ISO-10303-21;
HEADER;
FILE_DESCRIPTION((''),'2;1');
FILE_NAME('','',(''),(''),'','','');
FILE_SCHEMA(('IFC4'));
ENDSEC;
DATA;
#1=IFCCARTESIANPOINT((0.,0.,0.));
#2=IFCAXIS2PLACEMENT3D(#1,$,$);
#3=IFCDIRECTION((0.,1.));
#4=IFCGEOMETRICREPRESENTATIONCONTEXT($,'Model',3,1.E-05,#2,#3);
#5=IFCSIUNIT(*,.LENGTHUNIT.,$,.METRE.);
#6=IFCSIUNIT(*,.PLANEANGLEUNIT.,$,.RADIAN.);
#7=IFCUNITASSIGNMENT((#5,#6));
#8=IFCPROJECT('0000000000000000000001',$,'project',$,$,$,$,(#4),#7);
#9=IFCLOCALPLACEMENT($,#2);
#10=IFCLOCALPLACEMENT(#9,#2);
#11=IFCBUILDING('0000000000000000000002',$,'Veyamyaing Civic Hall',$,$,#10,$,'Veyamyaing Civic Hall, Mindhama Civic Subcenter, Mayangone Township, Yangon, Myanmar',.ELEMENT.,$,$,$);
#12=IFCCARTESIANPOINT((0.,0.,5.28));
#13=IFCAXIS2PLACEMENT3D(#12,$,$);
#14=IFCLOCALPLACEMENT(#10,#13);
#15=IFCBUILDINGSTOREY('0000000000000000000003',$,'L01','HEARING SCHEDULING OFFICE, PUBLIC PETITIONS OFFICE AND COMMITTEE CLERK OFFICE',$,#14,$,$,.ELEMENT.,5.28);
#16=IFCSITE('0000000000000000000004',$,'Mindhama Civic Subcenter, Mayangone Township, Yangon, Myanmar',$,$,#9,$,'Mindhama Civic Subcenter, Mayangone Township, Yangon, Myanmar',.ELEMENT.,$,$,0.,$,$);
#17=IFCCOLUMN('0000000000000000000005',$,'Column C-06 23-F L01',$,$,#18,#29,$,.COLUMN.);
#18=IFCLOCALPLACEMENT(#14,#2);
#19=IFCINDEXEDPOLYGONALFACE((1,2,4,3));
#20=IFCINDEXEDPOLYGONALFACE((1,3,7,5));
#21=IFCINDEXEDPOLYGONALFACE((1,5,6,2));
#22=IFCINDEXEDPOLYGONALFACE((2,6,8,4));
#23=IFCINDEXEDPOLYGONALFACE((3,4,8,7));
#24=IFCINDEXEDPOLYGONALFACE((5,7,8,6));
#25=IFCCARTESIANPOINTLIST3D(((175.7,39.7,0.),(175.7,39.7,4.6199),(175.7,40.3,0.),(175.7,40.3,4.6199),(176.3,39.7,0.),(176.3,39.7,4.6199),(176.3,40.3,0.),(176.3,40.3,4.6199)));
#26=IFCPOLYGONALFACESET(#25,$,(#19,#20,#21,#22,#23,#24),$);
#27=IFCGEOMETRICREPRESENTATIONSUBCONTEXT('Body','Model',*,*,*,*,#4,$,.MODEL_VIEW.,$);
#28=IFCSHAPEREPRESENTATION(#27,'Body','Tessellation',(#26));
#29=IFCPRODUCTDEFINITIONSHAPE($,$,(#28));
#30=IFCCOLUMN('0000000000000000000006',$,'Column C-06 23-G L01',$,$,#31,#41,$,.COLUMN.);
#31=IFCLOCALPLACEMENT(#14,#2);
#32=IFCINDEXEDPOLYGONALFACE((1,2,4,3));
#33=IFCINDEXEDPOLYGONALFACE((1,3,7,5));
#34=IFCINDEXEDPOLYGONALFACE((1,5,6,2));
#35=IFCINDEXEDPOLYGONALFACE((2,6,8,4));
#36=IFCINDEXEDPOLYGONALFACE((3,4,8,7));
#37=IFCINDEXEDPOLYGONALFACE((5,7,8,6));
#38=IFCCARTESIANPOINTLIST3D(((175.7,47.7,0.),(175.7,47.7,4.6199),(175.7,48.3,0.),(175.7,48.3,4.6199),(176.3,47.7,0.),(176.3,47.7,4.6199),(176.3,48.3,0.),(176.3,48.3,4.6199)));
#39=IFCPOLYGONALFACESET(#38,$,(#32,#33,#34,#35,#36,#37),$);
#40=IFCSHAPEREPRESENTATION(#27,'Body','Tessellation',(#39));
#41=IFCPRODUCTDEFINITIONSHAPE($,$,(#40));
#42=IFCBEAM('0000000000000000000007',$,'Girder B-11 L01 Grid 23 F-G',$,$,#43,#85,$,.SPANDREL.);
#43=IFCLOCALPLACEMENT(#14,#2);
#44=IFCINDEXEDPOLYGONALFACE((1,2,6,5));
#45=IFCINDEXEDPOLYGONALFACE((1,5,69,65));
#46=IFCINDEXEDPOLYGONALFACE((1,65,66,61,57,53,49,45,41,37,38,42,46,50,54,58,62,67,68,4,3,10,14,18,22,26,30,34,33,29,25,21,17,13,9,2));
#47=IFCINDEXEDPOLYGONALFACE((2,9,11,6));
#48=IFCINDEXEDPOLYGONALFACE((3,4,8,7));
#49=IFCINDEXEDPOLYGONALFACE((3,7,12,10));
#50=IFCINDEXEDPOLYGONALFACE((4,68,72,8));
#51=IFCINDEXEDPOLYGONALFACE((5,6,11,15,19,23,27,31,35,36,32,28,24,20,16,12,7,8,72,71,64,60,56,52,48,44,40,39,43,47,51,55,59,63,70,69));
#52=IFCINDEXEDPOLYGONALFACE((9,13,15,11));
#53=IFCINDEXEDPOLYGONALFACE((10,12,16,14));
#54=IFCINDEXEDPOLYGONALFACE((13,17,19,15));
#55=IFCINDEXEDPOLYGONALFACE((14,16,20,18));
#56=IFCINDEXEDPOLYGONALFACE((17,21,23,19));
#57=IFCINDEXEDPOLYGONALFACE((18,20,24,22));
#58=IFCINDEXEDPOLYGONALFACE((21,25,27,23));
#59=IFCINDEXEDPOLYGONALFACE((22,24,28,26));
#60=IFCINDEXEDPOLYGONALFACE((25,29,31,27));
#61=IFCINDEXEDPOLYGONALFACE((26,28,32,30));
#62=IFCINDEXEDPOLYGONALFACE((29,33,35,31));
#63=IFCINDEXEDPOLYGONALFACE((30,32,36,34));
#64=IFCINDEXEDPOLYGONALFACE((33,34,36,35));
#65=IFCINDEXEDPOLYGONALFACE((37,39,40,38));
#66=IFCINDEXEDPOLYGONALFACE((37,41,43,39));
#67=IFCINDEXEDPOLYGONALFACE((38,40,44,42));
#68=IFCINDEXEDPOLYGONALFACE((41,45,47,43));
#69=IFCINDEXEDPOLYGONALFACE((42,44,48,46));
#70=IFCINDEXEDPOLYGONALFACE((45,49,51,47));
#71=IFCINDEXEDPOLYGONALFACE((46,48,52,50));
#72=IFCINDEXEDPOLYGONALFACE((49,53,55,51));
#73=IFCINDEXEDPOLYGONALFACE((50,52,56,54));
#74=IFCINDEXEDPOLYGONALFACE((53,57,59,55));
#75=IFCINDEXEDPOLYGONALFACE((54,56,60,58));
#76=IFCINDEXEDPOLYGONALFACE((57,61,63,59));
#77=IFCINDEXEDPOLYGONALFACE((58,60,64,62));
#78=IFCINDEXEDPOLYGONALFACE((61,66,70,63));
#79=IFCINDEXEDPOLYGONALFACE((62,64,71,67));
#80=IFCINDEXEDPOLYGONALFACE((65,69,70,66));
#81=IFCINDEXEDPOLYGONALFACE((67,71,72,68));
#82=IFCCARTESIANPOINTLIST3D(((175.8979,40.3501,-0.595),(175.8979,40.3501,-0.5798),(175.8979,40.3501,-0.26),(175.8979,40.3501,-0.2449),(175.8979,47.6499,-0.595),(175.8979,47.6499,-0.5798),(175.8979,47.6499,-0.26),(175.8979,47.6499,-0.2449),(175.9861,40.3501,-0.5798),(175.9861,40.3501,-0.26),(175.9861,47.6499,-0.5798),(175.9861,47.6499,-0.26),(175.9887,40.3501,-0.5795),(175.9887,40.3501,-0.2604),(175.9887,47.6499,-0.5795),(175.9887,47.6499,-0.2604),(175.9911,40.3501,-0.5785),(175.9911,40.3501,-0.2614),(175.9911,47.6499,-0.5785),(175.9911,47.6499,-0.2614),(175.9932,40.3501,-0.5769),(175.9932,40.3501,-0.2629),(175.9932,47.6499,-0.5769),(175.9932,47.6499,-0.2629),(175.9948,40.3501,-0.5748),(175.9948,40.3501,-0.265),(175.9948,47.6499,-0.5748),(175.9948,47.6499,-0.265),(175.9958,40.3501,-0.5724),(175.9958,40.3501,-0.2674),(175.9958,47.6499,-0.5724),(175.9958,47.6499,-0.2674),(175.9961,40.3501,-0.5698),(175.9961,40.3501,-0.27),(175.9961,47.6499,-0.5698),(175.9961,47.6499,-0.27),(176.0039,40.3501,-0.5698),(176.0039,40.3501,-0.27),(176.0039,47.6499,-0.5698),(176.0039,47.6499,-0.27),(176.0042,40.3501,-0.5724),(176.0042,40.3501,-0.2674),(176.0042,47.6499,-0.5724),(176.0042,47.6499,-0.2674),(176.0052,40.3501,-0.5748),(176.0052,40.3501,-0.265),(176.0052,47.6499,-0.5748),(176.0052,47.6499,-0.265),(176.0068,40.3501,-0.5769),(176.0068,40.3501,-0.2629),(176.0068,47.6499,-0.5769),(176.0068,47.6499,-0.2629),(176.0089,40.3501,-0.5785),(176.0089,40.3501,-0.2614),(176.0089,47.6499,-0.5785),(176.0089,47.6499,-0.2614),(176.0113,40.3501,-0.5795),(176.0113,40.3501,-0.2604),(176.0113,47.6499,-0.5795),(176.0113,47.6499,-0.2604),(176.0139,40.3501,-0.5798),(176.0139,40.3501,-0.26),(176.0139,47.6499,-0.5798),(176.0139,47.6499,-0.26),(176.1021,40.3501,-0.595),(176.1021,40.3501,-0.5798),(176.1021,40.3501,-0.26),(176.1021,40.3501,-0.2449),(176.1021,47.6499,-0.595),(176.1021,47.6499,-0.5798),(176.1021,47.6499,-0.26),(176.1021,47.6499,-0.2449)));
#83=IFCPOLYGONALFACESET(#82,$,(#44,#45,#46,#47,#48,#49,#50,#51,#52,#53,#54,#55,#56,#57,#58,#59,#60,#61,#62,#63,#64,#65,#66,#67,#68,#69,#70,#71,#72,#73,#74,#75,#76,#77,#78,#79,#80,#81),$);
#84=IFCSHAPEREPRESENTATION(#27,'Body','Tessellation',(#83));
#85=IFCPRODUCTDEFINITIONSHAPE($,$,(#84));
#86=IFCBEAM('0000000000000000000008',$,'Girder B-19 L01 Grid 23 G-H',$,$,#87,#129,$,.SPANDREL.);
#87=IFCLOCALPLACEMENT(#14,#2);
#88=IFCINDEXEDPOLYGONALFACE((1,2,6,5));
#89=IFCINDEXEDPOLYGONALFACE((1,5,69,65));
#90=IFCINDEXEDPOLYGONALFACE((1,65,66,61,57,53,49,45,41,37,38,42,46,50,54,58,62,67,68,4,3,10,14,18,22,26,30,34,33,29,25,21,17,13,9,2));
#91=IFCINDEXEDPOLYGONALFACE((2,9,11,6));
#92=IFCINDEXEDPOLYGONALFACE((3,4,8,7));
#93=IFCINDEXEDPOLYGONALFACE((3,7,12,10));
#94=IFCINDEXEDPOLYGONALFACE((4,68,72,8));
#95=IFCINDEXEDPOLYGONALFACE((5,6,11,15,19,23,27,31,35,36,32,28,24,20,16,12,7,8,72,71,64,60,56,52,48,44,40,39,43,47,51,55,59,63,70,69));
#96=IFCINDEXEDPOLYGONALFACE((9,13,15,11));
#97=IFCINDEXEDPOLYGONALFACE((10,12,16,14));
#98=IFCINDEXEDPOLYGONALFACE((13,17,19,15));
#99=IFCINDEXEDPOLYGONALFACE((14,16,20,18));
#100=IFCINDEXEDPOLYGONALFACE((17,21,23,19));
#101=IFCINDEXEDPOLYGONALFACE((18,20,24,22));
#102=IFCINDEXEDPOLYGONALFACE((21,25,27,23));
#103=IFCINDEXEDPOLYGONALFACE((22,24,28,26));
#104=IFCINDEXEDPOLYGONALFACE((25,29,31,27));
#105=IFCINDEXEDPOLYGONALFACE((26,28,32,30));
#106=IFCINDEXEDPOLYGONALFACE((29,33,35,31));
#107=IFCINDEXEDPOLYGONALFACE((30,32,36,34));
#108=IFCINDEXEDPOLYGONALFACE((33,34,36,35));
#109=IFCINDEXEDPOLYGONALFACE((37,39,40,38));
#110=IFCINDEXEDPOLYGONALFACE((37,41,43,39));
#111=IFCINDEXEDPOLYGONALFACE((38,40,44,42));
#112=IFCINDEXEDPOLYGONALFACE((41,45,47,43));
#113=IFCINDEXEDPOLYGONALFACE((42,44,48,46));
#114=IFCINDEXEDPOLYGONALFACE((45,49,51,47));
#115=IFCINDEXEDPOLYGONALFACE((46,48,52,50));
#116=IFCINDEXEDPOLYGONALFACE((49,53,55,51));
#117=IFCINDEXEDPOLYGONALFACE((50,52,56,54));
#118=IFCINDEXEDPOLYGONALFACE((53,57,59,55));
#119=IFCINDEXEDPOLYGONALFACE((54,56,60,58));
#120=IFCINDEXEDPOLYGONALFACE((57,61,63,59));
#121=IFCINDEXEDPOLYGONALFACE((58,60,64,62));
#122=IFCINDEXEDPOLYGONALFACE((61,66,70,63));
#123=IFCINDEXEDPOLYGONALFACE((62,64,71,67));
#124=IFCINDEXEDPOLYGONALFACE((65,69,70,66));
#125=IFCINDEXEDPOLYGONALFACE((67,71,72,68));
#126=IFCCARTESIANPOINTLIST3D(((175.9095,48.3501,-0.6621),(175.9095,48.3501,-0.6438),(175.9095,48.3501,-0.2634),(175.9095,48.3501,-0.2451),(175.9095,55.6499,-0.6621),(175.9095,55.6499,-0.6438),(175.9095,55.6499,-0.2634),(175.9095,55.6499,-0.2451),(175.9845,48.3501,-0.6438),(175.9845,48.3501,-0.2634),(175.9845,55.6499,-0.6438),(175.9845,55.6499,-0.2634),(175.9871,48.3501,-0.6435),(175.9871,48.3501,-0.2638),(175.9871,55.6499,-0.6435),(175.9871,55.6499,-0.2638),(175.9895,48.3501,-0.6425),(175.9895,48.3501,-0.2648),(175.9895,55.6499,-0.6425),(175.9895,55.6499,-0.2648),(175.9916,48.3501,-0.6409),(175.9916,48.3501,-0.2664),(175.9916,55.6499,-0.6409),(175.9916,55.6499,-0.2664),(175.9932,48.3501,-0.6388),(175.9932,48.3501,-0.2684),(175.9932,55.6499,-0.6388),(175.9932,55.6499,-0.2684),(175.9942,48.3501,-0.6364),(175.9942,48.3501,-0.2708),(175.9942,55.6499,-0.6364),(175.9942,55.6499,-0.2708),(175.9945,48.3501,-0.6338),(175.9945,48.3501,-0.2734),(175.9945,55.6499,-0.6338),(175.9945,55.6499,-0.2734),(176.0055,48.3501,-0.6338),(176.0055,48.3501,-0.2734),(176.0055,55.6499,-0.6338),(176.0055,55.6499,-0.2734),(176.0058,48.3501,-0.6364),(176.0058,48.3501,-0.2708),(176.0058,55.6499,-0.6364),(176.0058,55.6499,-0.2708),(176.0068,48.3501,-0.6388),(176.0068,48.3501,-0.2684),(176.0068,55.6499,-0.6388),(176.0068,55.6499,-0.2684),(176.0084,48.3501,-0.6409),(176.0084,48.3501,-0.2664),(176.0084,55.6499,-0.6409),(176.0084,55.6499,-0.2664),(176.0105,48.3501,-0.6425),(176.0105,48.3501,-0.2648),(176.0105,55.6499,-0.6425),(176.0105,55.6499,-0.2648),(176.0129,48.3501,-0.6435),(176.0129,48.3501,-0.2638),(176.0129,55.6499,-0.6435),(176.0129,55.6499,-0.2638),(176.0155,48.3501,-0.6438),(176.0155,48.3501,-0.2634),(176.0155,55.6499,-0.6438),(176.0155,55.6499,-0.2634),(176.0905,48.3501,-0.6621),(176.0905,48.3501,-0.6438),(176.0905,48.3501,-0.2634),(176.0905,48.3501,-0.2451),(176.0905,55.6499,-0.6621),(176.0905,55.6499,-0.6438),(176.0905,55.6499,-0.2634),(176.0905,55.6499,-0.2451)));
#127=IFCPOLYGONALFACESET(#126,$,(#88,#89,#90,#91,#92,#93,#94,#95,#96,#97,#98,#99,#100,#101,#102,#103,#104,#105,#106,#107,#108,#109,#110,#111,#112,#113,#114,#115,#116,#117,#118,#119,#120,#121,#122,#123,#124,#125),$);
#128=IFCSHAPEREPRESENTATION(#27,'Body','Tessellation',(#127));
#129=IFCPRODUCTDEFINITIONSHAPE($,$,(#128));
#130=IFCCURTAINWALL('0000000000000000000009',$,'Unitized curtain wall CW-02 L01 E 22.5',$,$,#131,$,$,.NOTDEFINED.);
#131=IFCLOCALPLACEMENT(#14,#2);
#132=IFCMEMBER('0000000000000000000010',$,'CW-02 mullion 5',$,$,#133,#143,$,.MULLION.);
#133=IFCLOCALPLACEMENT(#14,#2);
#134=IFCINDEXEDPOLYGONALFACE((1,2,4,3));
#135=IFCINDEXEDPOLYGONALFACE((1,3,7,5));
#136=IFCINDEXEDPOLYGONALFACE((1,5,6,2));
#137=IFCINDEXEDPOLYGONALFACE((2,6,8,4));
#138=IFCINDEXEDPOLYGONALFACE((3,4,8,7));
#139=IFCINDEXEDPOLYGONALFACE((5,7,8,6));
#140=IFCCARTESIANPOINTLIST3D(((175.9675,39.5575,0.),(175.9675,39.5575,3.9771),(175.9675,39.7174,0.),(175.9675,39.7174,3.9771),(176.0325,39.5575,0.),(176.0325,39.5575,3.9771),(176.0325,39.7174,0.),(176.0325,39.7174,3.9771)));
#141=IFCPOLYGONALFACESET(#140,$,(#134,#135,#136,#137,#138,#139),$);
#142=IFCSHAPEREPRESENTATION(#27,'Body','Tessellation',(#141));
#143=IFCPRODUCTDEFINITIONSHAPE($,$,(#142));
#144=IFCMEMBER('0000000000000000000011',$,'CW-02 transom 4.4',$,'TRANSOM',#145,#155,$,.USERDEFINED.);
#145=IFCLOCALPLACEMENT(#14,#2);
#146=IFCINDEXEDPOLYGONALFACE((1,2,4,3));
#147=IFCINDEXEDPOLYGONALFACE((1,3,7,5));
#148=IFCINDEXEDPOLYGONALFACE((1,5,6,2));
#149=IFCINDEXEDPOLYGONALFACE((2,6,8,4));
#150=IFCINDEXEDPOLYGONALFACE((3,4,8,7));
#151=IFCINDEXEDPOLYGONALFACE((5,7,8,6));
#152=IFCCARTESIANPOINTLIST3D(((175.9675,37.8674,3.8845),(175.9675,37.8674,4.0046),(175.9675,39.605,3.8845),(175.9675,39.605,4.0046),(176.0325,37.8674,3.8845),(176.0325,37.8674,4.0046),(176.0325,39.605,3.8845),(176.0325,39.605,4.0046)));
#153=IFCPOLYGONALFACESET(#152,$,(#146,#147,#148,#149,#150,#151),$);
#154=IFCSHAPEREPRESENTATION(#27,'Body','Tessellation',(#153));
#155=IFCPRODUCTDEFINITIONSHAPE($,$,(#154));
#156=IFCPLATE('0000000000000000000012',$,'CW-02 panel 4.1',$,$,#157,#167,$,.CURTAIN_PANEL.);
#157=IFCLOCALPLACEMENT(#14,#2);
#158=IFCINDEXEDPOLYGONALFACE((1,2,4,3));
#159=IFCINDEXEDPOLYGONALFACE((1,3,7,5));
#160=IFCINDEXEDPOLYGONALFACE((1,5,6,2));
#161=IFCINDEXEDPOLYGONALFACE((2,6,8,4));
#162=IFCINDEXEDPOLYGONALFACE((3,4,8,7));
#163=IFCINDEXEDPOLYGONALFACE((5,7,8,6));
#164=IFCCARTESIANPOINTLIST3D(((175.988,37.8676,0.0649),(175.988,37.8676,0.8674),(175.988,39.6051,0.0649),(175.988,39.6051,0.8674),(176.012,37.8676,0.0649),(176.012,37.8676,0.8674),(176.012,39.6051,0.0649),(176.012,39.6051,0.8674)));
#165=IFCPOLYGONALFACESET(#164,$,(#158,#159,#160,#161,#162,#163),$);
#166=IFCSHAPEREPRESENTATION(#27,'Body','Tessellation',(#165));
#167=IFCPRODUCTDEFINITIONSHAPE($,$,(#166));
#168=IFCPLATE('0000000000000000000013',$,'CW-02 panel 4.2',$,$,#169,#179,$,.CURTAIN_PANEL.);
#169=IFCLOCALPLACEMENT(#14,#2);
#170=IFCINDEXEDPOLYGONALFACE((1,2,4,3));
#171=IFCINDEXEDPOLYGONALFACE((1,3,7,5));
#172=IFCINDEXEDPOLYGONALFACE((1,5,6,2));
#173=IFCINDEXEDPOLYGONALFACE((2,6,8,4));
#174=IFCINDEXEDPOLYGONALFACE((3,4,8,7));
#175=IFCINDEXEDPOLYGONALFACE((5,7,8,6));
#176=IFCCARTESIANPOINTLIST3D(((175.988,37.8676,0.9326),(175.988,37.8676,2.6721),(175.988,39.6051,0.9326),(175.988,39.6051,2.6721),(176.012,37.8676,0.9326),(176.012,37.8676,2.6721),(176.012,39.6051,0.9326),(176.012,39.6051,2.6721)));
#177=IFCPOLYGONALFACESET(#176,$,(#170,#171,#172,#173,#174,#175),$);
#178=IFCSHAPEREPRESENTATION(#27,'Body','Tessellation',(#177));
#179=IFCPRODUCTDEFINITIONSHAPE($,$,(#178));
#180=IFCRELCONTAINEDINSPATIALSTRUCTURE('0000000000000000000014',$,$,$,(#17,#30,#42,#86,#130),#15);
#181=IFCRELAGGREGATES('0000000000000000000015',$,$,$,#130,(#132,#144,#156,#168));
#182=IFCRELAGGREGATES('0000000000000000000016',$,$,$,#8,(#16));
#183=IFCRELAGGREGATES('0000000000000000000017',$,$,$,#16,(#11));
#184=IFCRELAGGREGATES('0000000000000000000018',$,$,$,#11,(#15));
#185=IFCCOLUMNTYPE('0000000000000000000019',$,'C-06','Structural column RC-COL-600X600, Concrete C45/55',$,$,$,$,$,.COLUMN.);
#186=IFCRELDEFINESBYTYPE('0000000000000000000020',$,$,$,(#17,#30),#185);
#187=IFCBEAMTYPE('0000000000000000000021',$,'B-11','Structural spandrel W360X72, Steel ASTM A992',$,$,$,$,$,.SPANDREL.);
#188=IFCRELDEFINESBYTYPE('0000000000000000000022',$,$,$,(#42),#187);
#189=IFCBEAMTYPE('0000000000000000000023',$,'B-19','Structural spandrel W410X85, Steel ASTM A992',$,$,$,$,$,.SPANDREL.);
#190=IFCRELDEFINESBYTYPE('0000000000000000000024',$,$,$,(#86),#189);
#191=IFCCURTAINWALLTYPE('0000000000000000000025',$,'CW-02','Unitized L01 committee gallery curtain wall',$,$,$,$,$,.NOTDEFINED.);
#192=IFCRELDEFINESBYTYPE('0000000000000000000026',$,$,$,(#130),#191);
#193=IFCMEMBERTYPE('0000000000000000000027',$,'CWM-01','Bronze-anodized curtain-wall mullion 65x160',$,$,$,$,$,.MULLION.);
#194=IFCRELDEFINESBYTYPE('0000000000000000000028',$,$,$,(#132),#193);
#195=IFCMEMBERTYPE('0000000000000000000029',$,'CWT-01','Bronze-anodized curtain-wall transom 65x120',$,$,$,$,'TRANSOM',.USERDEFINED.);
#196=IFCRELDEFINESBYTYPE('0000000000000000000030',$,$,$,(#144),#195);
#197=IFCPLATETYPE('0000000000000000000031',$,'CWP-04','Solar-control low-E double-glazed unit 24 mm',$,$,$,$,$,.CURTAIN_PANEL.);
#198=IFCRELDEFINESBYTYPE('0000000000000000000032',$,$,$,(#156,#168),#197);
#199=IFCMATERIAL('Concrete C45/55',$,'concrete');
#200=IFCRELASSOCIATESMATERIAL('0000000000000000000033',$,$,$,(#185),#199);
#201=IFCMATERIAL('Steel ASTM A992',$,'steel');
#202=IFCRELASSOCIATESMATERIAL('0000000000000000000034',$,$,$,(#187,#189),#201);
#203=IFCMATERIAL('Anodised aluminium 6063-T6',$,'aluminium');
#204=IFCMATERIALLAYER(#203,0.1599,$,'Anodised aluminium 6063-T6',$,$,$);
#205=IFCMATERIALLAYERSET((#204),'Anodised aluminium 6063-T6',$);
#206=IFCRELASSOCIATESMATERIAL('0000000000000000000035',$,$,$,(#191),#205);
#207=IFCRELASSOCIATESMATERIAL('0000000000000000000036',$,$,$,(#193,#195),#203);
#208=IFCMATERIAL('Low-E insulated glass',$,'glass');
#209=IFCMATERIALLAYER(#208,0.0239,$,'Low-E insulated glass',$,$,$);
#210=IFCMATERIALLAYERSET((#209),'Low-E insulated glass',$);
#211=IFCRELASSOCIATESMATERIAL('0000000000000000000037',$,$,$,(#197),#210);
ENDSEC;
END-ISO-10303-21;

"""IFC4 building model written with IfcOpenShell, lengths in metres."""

from ifc_helpers import new_model, si_unit, direction, frame, origin, origin_2d, place, context, subcontext, project, spatial, rectangle, i_section, extrude, material, layer, layer_set, material_profile, profile_set, type_object, element, aggregate, save


model = new_model("IFC4")

# Units and contexts
model_context = context("Model", 3, precision=1e-05, world=origin(), true_north=direction((0.0, 1.0)))
body_context = subcontext(model_context, "Body", "Model", "MODEL_VIEW")
ifc_project = project(units=[si_unit("LENGTHUNIT", "METRE"), si_unit("PLANEANGLEUNIT", "RADIAN")], contexts=[model_context])

# Site, building, storey
site_placement = place(None, origin())
site = spatial("IfcSite", under=ifc_project, at=site_placement, Name="Mindhama Civic Subcenter, Mayangone Township, Yangon, Myanmar", LongName="Mindhama Civic Subcenter, Mayangone Township, Yangon, Myanmar", CompositionType="ELEMENT", RefElevation=0.0)
building_placement = place(site_placement, origin())
building = spatial("IfcBuilding", under=site, at=building_placement, Name="Veyamyaing Civic Hall", LongName="Veyamyaing Civic Hall, Mindhama Civic Subcenter, Mayangone Township, Yangon, Myanmar", CompositionType="ELEMENT")
storey_placement = place(building_placement, frame((0.0, 0.0, 5.28)))
storey = spatial("IfcBuildingStorey", under=building, at=storey_placement, Name="L01", Description="HEARING SCHEDULING OFFICE, PUBLIC PETITIONS OFFICE AND COMMITTEE CLERK OFFICE", CompositionType="ELEMENT", Elevation=5.28)

# Columns
ifc_material_1 = material(Name="Concrete C45/55", Category="concrete")
ifc_material_profile_1 = material_profile(ifc_material_1, rectangle(XDim=0.6001, YDim=0.6001, at=origin_2d()), Name="RC-COL-600X600")
ifc_profile_set_1 = profile_set([ifc_material_profile_1], Name="Concrete C45/55")
column_type = type_object("IfcColumnType", Name="C-06", Description="Structural column RC-COL-600X600, Concrete C45/55", PredefinedType="COLUMN", material=ifc_profile_set_1)
for number, where, z_axis, x_axis, name in (
    (1, (176.0, 40.0, 0.0), (0.0, 0.0, 1.0), (1.0, 0.0, 0.0), "Column C-06 23-F L01"),
    (2, (176.0, 48.0, 0.0), (0.0, 0.0, 1.0), (1.0, 0.0, 0.0), "Column C-06 23-G L01"),
):
    element("IfcColumn", number, at=place(storey_placement, frame(where, z_axis=z_axis, x_axis=x_axis)), inside=storey, type_object=column_type, Name=name, PredefinedType="COLUMN", context=body_context, shape_type="SweptSolid", body=[
        extrude(rectangle(XDim=0.6001, YDim=0.6001, at=origin_2d()), origin(), (0.0, 0.0, 1.0), 4.6199),
    ])

# Beams
ifc_material_2 = material(Name="Steel ASTM A992", Category="steel")
ifc_material_profile_2 = material_profile(ifc_material_2, i_section(OverallWidth=0.2041, OverallDepth=0.3501, WebThickness=0.0078, FlangeThickness=0.0151, FilletRadius=0.01, at=origin_2d()), Name="W360X72")
ifc_profile_set_2 = profile_set([ifc_material_profile_2], Name="Steel ASTM A992")
beam_type_1 = type_object("IfcBeamType", Name="B-11", Description="Structural spandrel W360X72, Steel ASTM A992", PredefinedType="SPANDREL", material=ifc_profile_set_2)
beam_1_placement = place(storey_placement, frame((176.0, 40.3501, -0.4199), z_axis=(0.0, 1.0, 0.0), x_axis=(-1.0, 0.0, 0.0)))
element("IfcBeam", 3, at=beam_1_placement, inside=storey, type_object=beam_type_1, Name="Girder B-11 L01 Grid 23 F-G", PredefinedType="SPANDREL", context=body_context, shape_type="SweptSolid", body=[
    extrude(i_section(OverallWidth=0.2041, OverallDepth=0.3501, WebThickness=0.0078, FlangeThickness=0.0151, FilletRadius=0.01, at=origin_2d()), origin(), (0.0, 0.0, 1.0), 7.2998),
])
ifc_material_profile_3 = material_profile(ifc_material_2, i_section(OverallWidth=0.1809, OverallDepth=0.417, WebThickness=0.011, FlangeThickness=0.0183, FilletRadius=0.01, at=origin_2d()), Name="W410X85")
ifc_profile_set_3 = profile_set([ifc_material_profile_3], Name="Steel ASTM A992")
beam_type_2 = type_object("IfcBeamType", Name="B-19", Description="Structural spandrel W410X85, Steel ASTM A992", PredefinedType="SPANDREL", material=ifc_profile_set_3)
beam_2_placement = place(storey_placement, frame((176.0, 48.3501, -0.4536), z_axis=(0.0, 1.0, 0.0), x_axis=(-1.0, 0.0, 0.0)))
element("IfcBeam", 4, at=beam_2_placement, inside=storey, type_object=beam_type_2, Name="Girder B-19 L01 Grid 23 G-H", PredefinedType="SPANDREL", context=body_context, shape_type="SweptSolid", body=[
    extrude(i_section(OverallWidth=0.1809, OverallDepth=0.417, WebThickness=0.011, FlangeThickness=0.0183, FilletRadius=0.01, at=origin_2d()), origin(), (0.0, 0.0, 1.0), 7.2998),
])

# Curtain wall, members, plates
ifc_material_3 = material(Name="Anodised aluminium 6063-T6", Category="aluminium")
ifc_layer_1 = layer(ifc_material_3, 0.1599, Name="Anodised aluminium 6063-T6")
ifc_layer_set_1 = layer_set([ifc_layer_1], Name="Anodised aluminium 6063-T6")
curtain_wall_type = type_object("IfcCurtainWallType", Name="CW-02", Description="Unitized L01 committee gallery curtain wall", PredefinedType="NOTDEFINED", material=ifc_layer_set_1)
curtain_wall_placement = place(storey_placement, origin())
curtain_wall = element("IfcCurtainWall", 5, at=curtain_wall_placement, inside=storey, type_object=curtain_wall_type, Name="Unitized curtain wall CW-02 L01 E 22.5", PredefinedType="NOTDEFINED")
ifc_material_profile_4 = material_profile(ifc_material_3, rectangle(XDim=0.0649, YDim=0.1599, at=origin_2d()), Name="ALU-MUL-65X160")
ifc_profile_set_4 = profile_set([ifc_material_profile_4], Name="Anodised aluminium 6063-T6")
member_type_1 = type_object("IfcMemberType", Name="CWM-01", Description="Bronze-anodized curtain-wall mullion 65x160", PredefinedType="MULLION", material=ifc_profile_set_4)
member_1_placement = place(storey_placement, frame((176.0, 39.6375, 0.0), z_axis=(0.0, 0.0, 1.0), x_axis=(-1.0, 0.0, 0.0)))
member_1 = element("IfcMember", 6, at=member_1_placement, type_object=member_type_1, Name="CW-02 mullion 5", PredefinedType="MULLION", context=body_context, shape_type="SweptSolid", body=[
    extrude(rectangle(XDim=0.0649, YDim=0.1599, at=origin_2d()), origin(), (0.0, 0.0, 1.0), 3.9771),
])
ifc_material_profile_5 = material_profile(ifc_material_3, rectangle(XDim=0.0649, YDim=0.1201, at=origin_2d()), Name="ALU-TRN-65X120")
ifc_profile_set_5 = profile_set([ifc_material_profile_5], Name="Anodised aluminium 6063-T6")
member_type_2 = type_object("IfcMemberType", Name="CWT-01", Description="Bronze-anodized curtain-wall transom 65x120", ElementType="TRANSOM", PredefinedType="USERDEFINED", material=ifc_profile_set_5)
member_2_placement = place(storey_placement, frame((176.0, 37.8674, 3.9446), z_axis=(0.0, 1.0, 0.0), x_axis=(-1.0, 0.0, 0.0)))
member_2 = element("IfcMember", 7, at=member_2_placement, type_object=member_type_2, Name="CW-02 transom 4.4", ObjectType="TRANSOM", PredefinedType="USERDEFINED", context=body_context, shape_type="SweptSolid", body=[
    extrude(rectangle(XDim=0.0649, YDim=0.1201, at=origin_2d()), origin(), (0.0, 0.0, 1.0), 1.7375),
])
ifc_material_4 = material(Name="Low-E insulated glass", Category="glass")
ifc_layer_2 = layer(ifc_material_4, 0.0239, Name="Low-E insulated glass")
ifc_layer_set_2 = layer_set([ifc_layer_2], Name="Low-E insulated glass")
plate_type = type_object("IfcPlateType", Name="CWP-04", Description="Solar-control low-E double-glazed unit 24 mm", PredefinedType="CURTAIN_PANEL", material=ifc_layer_set_2)
plate_1_placement = place(storey_placement, frame((176.0, 38.7363, 0.0649), z_axis=(0.0, 0.0, 1.0), x_axis=(0.0, 1.0, 0.0)))
plate_1 = element("IfcPlate", 8, at=plate_1_placement, type_object=plate_type, Name="CW-02 panel 4.1", PredefinedType="CURTAIN_PANEL", context=body_context, shape_type="SweptSolid", body=[
    extrude(rectangle(XDim=1.7375, YDim=0.0239, at=origin_2d()), origin(), (0.0, 0.0, 1.0), 0.8025),
])
plate_2_placement = place(storey_placement, frame((176.0, 38.7363, 0.9326), z_axis=(0.0, 0.0, 1.0), x_axis=(0.0, 1.0, 0.0)))
plate_2 = element("IfcPlate", 9, at=plate_2_placement, type_object=plate_type, Name="CW-02 panel 4.2", PredefinedType="CURTAIN_PANEL", context=body_context, shape_type="SweptSolid", body=[
    extrude(rectangle(XDim=1.7375, YDim=0.0239, at=origin_2d()), origin(), (0.0, 0.0, 1.0), 1.7395),
])
aggregate(curtain_wall, [member_1, member_2, plate_1, plate_2])

save(model, "model.ifc")
